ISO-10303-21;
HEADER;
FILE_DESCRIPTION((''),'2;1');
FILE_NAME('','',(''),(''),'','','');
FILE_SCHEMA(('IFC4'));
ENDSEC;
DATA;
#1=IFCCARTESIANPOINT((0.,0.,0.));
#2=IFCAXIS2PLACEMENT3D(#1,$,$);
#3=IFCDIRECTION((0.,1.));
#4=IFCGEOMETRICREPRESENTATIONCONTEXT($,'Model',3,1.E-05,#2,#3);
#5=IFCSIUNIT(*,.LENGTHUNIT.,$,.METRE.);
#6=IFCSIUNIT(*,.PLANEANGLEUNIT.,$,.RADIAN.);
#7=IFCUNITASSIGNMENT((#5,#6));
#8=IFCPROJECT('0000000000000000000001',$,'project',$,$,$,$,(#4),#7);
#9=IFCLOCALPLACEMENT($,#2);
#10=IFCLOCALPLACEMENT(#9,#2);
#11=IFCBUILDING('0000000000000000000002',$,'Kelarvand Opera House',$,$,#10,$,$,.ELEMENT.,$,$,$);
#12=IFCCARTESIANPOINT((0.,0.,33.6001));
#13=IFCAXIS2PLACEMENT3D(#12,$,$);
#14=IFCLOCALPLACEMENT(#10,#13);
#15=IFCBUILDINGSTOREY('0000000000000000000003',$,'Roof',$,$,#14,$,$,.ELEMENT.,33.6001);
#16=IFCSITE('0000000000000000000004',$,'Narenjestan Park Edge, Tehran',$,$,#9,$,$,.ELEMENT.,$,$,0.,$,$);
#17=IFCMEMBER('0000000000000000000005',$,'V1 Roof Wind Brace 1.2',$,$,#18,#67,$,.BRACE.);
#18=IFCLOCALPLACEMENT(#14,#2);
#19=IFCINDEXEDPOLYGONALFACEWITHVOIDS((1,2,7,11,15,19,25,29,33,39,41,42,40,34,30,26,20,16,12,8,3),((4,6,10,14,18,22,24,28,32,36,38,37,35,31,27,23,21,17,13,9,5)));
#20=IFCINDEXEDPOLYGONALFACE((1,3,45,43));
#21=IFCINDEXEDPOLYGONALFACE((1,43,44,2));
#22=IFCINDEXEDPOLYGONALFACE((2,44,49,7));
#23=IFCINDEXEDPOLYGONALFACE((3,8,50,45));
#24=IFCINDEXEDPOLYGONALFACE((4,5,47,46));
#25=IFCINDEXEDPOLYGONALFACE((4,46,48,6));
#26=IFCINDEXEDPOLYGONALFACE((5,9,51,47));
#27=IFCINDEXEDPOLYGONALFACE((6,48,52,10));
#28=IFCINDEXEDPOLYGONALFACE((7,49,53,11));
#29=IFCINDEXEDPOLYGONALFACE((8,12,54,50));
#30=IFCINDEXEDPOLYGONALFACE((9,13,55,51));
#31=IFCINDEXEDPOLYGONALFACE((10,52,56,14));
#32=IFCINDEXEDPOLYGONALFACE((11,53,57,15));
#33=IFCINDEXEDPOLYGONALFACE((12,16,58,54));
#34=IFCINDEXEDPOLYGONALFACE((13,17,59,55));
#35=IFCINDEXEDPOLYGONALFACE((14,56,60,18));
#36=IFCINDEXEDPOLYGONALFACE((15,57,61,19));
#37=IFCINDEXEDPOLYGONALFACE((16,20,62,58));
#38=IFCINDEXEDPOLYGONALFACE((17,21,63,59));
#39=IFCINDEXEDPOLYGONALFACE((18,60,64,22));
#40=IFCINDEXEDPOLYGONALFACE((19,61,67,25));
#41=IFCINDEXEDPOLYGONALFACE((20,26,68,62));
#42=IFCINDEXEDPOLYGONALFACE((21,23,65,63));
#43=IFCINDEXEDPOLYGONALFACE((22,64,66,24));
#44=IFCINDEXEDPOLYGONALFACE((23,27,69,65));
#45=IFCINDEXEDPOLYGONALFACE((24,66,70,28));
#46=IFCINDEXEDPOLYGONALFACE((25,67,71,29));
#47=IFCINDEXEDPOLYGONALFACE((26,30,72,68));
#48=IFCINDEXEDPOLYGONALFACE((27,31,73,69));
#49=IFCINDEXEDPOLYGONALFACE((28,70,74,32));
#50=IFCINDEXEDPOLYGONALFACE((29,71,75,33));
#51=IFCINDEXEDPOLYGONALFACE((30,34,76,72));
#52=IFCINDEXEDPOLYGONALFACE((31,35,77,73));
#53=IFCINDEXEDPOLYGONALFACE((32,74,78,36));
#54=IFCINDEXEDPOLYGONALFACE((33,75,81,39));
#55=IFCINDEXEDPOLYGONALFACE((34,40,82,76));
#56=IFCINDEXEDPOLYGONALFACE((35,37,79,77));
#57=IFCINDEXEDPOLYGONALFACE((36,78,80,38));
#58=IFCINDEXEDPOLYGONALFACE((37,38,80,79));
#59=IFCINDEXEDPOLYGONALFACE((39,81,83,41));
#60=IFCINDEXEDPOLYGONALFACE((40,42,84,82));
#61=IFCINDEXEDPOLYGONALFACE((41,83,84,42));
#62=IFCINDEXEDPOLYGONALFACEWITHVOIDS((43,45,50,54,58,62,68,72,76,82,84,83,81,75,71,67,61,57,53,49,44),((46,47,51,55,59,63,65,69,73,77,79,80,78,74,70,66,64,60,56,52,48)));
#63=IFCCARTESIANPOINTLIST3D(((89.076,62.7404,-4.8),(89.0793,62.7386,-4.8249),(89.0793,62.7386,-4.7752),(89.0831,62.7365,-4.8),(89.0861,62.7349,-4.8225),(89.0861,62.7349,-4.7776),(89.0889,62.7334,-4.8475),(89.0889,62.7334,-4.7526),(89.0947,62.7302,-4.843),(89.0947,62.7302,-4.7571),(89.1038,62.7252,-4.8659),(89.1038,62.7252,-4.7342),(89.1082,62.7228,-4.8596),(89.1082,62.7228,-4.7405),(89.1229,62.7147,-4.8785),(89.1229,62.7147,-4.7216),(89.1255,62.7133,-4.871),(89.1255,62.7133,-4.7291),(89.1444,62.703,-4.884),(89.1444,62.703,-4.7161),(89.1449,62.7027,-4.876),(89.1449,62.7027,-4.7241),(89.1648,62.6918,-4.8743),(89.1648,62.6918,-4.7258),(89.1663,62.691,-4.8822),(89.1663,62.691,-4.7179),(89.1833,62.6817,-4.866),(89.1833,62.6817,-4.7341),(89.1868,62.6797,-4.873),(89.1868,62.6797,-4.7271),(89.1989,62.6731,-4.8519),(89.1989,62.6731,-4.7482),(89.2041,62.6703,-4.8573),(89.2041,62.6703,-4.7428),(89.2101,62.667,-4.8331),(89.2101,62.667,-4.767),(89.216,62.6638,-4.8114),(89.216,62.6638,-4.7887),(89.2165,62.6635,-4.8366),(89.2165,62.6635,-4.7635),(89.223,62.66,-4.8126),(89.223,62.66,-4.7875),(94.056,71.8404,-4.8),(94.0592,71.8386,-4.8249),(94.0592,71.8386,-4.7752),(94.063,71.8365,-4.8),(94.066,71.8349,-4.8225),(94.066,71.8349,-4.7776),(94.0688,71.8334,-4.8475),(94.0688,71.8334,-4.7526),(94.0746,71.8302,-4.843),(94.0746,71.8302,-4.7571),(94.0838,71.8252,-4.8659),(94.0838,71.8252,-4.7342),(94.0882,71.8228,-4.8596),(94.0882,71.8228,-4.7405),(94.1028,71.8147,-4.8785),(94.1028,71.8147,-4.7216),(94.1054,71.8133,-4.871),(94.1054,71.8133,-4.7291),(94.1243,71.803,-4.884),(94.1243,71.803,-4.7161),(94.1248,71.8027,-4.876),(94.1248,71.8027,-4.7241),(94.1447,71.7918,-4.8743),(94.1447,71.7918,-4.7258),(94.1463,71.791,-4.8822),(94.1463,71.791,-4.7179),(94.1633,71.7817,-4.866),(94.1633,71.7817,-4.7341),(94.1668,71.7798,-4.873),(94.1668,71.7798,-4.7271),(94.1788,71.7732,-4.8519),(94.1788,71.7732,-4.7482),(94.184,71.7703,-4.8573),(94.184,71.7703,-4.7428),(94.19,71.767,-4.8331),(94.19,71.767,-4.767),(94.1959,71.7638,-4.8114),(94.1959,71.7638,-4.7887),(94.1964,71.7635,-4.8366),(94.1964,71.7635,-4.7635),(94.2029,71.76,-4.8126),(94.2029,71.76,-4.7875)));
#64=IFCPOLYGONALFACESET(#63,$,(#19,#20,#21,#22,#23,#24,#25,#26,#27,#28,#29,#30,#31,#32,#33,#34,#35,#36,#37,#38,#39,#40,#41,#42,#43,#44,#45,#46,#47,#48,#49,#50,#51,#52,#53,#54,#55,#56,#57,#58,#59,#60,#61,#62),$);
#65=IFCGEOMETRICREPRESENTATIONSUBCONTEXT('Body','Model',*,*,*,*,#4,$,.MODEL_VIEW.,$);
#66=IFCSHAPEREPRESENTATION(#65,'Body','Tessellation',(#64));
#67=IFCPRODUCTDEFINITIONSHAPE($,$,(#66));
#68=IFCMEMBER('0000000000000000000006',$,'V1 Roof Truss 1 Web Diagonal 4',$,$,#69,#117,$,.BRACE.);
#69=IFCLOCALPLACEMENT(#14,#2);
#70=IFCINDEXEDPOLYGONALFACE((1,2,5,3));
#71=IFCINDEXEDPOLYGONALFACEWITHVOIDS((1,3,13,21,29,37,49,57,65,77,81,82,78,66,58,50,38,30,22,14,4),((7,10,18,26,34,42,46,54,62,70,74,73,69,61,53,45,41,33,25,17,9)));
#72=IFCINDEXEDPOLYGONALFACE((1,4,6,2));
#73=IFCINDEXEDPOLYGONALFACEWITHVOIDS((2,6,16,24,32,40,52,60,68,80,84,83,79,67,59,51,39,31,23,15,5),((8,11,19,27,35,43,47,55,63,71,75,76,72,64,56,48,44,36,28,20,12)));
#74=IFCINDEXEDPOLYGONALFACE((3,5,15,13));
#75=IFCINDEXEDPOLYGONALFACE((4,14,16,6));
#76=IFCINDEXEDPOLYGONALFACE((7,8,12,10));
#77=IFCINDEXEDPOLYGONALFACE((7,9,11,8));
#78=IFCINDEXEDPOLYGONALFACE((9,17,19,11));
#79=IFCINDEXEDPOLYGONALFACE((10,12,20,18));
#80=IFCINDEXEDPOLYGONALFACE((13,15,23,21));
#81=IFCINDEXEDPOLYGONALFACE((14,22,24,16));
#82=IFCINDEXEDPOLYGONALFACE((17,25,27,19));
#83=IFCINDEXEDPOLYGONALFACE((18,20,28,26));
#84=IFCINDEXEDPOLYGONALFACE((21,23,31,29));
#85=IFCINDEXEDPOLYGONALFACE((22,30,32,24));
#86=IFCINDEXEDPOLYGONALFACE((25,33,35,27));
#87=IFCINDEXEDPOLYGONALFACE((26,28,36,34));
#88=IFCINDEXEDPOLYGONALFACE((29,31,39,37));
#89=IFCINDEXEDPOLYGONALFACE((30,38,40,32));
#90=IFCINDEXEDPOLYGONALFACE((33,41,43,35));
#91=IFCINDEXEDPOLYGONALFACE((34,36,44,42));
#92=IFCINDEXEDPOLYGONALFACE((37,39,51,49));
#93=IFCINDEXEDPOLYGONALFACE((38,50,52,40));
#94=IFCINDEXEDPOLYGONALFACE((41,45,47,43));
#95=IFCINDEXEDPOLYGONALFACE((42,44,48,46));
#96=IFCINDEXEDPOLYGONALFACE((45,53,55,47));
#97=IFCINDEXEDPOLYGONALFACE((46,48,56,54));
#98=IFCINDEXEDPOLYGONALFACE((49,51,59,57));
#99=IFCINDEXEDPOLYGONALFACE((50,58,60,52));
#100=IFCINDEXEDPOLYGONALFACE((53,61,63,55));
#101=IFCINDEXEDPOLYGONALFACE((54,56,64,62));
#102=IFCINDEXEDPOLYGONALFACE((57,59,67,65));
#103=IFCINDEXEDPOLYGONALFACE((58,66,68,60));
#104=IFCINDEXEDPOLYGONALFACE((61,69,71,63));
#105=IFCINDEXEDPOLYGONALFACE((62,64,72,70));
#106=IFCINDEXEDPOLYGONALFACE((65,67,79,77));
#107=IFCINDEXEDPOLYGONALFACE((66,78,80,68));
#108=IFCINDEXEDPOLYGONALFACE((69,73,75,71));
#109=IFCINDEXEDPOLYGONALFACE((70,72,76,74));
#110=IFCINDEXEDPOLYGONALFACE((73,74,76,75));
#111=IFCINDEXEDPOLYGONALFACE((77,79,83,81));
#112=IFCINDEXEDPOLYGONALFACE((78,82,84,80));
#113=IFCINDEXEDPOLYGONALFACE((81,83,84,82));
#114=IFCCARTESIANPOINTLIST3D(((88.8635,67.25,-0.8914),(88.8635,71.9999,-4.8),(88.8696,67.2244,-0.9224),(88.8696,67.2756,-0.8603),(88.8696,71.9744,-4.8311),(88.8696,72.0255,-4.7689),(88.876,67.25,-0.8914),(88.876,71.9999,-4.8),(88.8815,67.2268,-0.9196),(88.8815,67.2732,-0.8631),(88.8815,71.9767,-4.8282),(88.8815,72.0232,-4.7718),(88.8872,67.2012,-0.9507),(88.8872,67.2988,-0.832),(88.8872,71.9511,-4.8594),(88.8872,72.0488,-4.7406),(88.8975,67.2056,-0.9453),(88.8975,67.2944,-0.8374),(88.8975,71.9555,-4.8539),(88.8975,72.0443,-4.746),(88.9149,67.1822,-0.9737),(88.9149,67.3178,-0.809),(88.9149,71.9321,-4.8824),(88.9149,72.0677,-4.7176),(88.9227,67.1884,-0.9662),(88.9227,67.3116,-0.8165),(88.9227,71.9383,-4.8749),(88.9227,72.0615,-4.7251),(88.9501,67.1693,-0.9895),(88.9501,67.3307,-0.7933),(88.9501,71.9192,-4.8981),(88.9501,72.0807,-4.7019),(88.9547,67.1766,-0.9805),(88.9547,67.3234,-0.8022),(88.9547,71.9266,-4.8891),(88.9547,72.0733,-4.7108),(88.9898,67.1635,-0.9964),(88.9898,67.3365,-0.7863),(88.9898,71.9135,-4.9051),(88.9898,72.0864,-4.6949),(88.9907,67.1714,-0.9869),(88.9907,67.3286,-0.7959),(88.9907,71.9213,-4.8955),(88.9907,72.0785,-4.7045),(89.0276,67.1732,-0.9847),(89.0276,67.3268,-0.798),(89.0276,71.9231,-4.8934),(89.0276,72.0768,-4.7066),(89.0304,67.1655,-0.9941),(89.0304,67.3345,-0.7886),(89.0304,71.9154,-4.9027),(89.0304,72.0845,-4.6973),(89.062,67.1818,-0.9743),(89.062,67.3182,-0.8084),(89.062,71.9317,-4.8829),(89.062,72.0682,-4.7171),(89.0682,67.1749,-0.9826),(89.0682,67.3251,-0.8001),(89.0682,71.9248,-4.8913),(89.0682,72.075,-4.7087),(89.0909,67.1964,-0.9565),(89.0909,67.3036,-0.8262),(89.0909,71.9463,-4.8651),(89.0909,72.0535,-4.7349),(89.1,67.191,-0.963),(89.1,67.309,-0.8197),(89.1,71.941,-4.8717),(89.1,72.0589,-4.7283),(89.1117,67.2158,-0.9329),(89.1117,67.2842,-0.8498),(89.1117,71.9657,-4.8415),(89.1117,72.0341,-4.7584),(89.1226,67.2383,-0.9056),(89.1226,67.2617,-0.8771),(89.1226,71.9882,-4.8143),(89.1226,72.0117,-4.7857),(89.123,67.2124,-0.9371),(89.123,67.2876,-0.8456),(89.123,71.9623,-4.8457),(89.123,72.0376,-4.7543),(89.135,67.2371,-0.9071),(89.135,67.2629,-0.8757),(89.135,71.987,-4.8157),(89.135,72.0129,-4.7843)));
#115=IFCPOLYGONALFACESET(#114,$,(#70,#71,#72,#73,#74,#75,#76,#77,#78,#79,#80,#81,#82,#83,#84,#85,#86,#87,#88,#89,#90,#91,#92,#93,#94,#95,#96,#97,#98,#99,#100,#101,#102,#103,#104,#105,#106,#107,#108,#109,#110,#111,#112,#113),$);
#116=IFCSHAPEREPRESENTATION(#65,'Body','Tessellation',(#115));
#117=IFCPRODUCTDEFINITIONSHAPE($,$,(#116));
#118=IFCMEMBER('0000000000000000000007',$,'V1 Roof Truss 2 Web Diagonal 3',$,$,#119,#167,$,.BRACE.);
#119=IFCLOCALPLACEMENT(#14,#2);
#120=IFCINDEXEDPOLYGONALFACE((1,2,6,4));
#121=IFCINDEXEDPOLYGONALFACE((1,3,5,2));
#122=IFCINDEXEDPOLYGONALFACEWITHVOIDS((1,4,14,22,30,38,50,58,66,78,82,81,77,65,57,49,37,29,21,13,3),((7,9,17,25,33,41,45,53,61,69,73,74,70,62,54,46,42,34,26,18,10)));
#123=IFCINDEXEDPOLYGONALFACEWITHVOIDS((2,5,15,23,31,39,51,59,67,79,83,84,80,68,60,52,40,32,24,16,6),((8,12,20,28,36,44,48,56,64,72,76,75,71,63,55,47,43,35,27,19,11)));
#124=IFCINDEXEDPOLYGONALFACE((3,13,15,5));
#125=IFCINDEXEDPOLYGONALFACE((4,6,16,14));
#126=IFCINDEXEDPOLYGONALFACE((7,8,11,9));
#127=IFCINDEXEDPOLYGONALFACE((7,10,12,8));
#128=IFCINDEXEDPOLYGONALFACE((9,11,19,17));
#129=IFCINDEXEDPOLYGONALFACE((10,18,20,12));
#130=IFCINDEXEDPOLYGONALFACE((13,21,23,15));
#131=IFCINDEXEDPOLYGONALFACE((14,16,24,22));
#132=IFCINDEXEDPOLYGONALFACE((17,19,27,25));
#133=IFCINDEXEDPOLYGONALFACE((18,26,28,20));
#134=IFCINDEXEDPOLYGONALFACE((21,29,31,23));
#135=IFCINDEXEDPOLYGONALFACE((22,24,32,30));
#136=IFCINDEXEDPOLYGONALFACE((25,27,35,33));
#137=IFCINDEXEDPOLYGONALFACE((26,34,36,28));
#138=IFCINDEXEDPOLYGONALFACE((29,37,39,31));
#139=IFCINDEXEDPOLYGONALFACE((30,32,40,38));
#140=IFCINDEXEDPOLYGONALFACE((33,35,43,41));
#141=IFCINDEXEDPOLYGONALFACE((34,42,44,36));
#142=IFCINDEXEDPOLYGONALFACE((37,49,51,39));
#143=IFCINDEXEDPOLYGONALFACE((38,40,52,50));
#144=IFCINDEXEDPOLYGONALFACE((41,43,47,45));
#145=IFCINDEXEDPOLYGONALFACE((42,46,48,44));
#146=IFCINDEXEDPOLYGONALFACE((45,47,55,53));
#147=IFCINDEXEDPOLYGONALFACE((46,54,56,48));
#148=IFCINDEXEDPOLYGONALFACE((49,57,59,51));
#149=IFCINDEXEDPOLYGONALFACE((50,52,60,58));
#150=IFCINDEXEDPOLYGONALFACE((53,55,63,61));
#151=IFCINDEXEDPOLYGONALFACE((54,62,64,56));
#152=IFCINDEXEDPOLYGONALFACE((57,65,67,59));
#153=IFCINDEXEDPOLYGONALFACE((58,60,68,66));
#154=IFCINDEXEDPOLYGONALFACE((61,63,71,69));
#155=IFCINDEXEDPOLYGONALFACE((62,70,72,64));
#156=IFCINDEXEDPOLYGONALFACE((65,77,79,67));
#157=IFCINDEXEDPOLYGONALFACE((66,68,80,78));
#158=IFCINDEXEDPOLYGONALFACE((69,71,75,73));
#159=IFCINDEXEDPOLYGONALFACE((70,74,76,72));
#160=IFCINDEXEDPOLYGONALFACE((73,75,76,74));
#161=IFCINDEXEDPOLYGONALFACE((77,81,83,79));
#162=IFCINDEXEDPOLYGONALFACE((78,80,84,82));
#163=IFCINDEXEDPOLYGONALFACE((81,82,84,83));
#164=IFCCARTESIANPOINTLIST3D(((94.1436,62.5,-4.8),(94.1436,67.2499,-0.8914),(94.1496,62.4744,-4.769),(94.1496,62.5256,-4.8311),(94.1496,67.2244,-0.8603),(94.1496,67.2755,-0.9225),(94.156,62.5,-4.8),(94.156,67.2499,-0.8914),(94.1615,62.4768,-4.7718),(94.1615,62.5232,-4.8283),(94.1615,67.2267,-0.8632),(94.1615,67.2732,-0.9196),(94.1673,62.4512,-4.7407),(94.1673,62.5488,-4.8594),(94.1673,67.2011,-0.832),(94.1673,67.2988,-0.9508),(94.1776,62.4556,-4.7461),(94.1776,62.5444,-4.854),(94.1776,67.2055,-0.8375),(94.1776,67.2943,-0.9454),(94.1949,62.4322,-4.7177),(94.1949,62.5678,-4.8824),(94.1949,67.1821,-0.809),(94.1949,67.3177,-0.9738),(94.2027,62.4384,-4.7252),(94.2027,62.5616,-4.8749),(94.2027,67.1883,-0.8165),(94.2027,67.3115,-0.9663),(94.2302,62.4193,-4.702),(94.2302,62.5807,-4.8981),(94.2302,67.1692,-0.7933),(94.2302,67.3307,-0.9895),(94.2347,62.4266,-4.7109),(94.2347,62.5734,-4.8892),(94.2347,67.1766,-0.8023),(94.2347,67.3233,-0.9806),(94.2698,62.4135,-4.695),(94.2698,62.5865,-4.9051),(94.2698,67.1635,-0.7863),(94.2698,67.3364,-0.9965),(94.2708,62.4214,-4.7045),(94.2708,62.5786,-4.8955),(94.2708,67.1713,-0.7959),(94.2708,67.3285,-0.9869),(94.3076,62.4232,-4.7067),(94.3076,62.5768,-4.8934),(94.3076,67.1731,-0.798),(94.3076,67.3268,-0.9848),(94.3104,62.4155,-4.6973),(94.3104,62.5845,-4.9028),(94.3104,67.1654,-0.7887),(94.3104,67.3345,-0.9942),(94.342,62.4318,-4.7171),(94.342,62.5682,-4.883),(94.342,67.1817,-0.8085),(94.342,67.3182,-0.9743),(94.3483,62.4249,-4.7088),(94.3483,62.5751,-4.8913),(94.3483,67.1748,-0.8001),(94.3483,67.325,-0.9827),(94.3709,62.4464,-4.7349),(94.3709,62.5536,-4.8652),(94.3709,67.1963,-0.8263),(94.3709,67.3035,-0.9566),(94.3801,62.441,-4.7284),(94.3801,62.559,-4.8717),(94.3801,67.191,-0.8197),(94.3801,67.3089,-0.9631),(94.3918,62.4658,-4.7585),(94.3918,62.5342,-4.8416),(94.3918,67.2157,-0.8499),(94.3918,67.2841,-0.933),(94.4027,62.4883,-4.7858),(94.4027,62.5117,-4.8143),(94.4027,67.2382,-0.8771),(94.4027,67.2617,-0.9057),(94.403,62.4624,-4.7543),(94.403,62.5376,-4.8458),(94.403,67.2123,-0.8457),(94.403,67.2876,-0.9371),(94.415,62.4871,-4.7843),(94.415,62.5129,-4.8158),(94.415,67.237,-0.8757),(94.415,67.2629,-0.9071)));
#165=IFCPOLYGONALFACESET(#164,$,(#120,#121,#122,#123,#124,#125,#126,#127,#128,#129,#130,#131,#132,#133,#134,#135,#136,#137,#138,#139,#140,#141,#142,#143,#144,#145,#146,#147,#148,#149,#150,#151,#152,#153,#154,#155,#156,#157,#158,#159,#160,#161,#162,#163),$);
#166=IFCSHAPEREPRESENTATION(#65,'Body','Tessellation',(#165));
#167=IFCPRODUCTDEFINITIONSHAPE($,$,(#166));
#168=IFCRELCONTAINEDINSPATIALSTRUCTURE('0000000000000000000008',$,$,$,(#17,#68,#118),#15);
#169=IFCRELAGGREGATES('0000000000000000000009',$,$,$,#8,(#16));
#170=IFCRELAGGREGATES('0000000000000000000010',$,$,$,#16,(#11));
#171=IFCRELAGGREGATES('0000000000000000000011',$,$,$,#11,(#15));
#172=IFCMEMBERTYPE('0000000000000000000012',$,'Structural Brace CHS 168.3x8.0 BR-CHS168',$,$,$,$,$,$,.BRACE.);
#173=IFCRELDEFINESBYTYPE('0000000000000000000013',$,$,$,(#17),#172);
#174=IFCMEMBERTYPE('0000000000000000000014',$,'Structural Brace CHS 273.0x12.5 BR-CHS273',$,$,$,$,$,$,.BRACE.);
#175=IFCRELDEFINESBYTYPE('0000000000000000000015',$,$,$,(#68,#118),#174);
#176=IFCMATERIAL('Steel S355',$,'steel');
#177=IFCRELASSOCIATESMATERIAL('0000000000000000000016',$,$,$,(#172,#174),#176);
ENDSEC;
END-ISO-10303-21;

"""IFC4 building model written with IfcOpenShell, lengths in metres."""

from ifc_helpers import new_model, si_unit, direction, frame, origin, origin_2d, place, context, subcontext, project, spatial, hollow_circle, extrude, material, material_profile, profile_set, type_object, element, save


model = new_model("IFC4")

# Units and contexts
model_context = context("Model", 3, precision=1e-05, world=origin(), true_north=direction((0.0, 1.0)))
body_context = subcontext(model_context, "Body", "Model", "MODEL_VIEW")
ifc_project = project(units=[si_unit("LENGTHUNIT", "METRE"), si_unit("PLANEANGLEUNIT", "RADIAN")], contexts=[model_context])

# Site, building, storey
site_placement = place(None, origin())
site = spatial("IfcSite", under=ifc_project, at=site_placement, Name="Narenjestan Park Edge, Tehran", CompositionType="ELEMENT", RefElevation=0.0)
building_placement = place(site_placement, origin())
building = spatial("IfcBuilding", under=site, at=building_placement, Name="Kelarvand Opera House", CompositionType="ELEMENT")
storey_placement = place(building_placement, frame((0.0, 0.0, 33.6001)))
storey = spatial("IfcBuildingStorey", under=building, at=storey_placement, Name="Roof", CompositionType="ELEMENT", Elevation=33.6001)

# Members
ifc_material = material(Name="Steel S355", Category="steel")
ifc_material_profile_1 = material_profile(ifc_material, hollow_circle(Radius=0.0842, WallThickness=0.0081, at=origin_2d()), Name="CHS 168.3x8.0", Category="steel")
ifc_profile_set_1 = profile_set([ifc_material_profile_1], Name="Steel S355")
member_type_1 = type_object("IfcMemberType", Name="Structural Brace CHS 168.3x8.0 BR-CHS168", PredefinedType="BRACE", material=ifc_profile_set_1)
member_1_placement = place(storey_placement, frame((89.1499, 62.7, -4.8), z_axis=(0.480062, 0.877235, 0.0), x_axis=(-0.877235, 0.480062, 0.0)))
element("IfcMember", 1, at=member_1_placement, inside=storey, type_object=member_type_1, Name="V1 Roof Wind Brace 1.2", PredefinedType="BRACE", context=body_context, shape_type="SweptSolid", body=[
    extrude(hollow_circle(Radius=0.0842, WallThickness=0.0081, at=origin_2d()), origin(), (0.0, 0.0, 1.0), 10.3735),
])
ifc_material_profile_2 = material_profile(ifc_material, hollow_circle(Radius=0.1365, WallThickness=0.0125, at=origin_2d()), Name="CHS 273.0x12.5", Category="steel")
ifc_profile_set_2 = profile_set([ifc_material_profile_2], Name="Steel S355")
member_type_2 = type_object("IfcMemberType", Name="Structural Brace CHS 273.0x12.5 BR-CHS273", PredefinedType="BRACE", material=ifc_profile_set_2)
for number, where, z_axis, x_axis, name in (
    (2, (89.0, 67.25, -0.8914), (0.0, 0.772175, -0.63541), (-1.0, 0.0, 0.0), "V1 Roof Truss 1 Web Diagonal 4"),
    (3, (94.28, 62.5, -4.8), (0.0, 0.772175, 0.63541), (-1.0, 0.0, 0.0), "V1 Roof Truss 2 Web Diagonal 3"),
):
    element("IfcMember", number, at=place(storey_placement, frame(where, z_axis=z_axis, x_axis=x_axis)), inside=storey, type_object=member_type_2, Name=name, PredefinedType="BRACE", context=body_context, shape_type="SweptSolid", body=[
        extrude(hollow_circle(Radius=0.1365, WallThickness=0.0125, at=origin_2d()), origin(), (0.0, 0.0, 1.0), 6.1514),
    ])

save(model, "model.ifc")
